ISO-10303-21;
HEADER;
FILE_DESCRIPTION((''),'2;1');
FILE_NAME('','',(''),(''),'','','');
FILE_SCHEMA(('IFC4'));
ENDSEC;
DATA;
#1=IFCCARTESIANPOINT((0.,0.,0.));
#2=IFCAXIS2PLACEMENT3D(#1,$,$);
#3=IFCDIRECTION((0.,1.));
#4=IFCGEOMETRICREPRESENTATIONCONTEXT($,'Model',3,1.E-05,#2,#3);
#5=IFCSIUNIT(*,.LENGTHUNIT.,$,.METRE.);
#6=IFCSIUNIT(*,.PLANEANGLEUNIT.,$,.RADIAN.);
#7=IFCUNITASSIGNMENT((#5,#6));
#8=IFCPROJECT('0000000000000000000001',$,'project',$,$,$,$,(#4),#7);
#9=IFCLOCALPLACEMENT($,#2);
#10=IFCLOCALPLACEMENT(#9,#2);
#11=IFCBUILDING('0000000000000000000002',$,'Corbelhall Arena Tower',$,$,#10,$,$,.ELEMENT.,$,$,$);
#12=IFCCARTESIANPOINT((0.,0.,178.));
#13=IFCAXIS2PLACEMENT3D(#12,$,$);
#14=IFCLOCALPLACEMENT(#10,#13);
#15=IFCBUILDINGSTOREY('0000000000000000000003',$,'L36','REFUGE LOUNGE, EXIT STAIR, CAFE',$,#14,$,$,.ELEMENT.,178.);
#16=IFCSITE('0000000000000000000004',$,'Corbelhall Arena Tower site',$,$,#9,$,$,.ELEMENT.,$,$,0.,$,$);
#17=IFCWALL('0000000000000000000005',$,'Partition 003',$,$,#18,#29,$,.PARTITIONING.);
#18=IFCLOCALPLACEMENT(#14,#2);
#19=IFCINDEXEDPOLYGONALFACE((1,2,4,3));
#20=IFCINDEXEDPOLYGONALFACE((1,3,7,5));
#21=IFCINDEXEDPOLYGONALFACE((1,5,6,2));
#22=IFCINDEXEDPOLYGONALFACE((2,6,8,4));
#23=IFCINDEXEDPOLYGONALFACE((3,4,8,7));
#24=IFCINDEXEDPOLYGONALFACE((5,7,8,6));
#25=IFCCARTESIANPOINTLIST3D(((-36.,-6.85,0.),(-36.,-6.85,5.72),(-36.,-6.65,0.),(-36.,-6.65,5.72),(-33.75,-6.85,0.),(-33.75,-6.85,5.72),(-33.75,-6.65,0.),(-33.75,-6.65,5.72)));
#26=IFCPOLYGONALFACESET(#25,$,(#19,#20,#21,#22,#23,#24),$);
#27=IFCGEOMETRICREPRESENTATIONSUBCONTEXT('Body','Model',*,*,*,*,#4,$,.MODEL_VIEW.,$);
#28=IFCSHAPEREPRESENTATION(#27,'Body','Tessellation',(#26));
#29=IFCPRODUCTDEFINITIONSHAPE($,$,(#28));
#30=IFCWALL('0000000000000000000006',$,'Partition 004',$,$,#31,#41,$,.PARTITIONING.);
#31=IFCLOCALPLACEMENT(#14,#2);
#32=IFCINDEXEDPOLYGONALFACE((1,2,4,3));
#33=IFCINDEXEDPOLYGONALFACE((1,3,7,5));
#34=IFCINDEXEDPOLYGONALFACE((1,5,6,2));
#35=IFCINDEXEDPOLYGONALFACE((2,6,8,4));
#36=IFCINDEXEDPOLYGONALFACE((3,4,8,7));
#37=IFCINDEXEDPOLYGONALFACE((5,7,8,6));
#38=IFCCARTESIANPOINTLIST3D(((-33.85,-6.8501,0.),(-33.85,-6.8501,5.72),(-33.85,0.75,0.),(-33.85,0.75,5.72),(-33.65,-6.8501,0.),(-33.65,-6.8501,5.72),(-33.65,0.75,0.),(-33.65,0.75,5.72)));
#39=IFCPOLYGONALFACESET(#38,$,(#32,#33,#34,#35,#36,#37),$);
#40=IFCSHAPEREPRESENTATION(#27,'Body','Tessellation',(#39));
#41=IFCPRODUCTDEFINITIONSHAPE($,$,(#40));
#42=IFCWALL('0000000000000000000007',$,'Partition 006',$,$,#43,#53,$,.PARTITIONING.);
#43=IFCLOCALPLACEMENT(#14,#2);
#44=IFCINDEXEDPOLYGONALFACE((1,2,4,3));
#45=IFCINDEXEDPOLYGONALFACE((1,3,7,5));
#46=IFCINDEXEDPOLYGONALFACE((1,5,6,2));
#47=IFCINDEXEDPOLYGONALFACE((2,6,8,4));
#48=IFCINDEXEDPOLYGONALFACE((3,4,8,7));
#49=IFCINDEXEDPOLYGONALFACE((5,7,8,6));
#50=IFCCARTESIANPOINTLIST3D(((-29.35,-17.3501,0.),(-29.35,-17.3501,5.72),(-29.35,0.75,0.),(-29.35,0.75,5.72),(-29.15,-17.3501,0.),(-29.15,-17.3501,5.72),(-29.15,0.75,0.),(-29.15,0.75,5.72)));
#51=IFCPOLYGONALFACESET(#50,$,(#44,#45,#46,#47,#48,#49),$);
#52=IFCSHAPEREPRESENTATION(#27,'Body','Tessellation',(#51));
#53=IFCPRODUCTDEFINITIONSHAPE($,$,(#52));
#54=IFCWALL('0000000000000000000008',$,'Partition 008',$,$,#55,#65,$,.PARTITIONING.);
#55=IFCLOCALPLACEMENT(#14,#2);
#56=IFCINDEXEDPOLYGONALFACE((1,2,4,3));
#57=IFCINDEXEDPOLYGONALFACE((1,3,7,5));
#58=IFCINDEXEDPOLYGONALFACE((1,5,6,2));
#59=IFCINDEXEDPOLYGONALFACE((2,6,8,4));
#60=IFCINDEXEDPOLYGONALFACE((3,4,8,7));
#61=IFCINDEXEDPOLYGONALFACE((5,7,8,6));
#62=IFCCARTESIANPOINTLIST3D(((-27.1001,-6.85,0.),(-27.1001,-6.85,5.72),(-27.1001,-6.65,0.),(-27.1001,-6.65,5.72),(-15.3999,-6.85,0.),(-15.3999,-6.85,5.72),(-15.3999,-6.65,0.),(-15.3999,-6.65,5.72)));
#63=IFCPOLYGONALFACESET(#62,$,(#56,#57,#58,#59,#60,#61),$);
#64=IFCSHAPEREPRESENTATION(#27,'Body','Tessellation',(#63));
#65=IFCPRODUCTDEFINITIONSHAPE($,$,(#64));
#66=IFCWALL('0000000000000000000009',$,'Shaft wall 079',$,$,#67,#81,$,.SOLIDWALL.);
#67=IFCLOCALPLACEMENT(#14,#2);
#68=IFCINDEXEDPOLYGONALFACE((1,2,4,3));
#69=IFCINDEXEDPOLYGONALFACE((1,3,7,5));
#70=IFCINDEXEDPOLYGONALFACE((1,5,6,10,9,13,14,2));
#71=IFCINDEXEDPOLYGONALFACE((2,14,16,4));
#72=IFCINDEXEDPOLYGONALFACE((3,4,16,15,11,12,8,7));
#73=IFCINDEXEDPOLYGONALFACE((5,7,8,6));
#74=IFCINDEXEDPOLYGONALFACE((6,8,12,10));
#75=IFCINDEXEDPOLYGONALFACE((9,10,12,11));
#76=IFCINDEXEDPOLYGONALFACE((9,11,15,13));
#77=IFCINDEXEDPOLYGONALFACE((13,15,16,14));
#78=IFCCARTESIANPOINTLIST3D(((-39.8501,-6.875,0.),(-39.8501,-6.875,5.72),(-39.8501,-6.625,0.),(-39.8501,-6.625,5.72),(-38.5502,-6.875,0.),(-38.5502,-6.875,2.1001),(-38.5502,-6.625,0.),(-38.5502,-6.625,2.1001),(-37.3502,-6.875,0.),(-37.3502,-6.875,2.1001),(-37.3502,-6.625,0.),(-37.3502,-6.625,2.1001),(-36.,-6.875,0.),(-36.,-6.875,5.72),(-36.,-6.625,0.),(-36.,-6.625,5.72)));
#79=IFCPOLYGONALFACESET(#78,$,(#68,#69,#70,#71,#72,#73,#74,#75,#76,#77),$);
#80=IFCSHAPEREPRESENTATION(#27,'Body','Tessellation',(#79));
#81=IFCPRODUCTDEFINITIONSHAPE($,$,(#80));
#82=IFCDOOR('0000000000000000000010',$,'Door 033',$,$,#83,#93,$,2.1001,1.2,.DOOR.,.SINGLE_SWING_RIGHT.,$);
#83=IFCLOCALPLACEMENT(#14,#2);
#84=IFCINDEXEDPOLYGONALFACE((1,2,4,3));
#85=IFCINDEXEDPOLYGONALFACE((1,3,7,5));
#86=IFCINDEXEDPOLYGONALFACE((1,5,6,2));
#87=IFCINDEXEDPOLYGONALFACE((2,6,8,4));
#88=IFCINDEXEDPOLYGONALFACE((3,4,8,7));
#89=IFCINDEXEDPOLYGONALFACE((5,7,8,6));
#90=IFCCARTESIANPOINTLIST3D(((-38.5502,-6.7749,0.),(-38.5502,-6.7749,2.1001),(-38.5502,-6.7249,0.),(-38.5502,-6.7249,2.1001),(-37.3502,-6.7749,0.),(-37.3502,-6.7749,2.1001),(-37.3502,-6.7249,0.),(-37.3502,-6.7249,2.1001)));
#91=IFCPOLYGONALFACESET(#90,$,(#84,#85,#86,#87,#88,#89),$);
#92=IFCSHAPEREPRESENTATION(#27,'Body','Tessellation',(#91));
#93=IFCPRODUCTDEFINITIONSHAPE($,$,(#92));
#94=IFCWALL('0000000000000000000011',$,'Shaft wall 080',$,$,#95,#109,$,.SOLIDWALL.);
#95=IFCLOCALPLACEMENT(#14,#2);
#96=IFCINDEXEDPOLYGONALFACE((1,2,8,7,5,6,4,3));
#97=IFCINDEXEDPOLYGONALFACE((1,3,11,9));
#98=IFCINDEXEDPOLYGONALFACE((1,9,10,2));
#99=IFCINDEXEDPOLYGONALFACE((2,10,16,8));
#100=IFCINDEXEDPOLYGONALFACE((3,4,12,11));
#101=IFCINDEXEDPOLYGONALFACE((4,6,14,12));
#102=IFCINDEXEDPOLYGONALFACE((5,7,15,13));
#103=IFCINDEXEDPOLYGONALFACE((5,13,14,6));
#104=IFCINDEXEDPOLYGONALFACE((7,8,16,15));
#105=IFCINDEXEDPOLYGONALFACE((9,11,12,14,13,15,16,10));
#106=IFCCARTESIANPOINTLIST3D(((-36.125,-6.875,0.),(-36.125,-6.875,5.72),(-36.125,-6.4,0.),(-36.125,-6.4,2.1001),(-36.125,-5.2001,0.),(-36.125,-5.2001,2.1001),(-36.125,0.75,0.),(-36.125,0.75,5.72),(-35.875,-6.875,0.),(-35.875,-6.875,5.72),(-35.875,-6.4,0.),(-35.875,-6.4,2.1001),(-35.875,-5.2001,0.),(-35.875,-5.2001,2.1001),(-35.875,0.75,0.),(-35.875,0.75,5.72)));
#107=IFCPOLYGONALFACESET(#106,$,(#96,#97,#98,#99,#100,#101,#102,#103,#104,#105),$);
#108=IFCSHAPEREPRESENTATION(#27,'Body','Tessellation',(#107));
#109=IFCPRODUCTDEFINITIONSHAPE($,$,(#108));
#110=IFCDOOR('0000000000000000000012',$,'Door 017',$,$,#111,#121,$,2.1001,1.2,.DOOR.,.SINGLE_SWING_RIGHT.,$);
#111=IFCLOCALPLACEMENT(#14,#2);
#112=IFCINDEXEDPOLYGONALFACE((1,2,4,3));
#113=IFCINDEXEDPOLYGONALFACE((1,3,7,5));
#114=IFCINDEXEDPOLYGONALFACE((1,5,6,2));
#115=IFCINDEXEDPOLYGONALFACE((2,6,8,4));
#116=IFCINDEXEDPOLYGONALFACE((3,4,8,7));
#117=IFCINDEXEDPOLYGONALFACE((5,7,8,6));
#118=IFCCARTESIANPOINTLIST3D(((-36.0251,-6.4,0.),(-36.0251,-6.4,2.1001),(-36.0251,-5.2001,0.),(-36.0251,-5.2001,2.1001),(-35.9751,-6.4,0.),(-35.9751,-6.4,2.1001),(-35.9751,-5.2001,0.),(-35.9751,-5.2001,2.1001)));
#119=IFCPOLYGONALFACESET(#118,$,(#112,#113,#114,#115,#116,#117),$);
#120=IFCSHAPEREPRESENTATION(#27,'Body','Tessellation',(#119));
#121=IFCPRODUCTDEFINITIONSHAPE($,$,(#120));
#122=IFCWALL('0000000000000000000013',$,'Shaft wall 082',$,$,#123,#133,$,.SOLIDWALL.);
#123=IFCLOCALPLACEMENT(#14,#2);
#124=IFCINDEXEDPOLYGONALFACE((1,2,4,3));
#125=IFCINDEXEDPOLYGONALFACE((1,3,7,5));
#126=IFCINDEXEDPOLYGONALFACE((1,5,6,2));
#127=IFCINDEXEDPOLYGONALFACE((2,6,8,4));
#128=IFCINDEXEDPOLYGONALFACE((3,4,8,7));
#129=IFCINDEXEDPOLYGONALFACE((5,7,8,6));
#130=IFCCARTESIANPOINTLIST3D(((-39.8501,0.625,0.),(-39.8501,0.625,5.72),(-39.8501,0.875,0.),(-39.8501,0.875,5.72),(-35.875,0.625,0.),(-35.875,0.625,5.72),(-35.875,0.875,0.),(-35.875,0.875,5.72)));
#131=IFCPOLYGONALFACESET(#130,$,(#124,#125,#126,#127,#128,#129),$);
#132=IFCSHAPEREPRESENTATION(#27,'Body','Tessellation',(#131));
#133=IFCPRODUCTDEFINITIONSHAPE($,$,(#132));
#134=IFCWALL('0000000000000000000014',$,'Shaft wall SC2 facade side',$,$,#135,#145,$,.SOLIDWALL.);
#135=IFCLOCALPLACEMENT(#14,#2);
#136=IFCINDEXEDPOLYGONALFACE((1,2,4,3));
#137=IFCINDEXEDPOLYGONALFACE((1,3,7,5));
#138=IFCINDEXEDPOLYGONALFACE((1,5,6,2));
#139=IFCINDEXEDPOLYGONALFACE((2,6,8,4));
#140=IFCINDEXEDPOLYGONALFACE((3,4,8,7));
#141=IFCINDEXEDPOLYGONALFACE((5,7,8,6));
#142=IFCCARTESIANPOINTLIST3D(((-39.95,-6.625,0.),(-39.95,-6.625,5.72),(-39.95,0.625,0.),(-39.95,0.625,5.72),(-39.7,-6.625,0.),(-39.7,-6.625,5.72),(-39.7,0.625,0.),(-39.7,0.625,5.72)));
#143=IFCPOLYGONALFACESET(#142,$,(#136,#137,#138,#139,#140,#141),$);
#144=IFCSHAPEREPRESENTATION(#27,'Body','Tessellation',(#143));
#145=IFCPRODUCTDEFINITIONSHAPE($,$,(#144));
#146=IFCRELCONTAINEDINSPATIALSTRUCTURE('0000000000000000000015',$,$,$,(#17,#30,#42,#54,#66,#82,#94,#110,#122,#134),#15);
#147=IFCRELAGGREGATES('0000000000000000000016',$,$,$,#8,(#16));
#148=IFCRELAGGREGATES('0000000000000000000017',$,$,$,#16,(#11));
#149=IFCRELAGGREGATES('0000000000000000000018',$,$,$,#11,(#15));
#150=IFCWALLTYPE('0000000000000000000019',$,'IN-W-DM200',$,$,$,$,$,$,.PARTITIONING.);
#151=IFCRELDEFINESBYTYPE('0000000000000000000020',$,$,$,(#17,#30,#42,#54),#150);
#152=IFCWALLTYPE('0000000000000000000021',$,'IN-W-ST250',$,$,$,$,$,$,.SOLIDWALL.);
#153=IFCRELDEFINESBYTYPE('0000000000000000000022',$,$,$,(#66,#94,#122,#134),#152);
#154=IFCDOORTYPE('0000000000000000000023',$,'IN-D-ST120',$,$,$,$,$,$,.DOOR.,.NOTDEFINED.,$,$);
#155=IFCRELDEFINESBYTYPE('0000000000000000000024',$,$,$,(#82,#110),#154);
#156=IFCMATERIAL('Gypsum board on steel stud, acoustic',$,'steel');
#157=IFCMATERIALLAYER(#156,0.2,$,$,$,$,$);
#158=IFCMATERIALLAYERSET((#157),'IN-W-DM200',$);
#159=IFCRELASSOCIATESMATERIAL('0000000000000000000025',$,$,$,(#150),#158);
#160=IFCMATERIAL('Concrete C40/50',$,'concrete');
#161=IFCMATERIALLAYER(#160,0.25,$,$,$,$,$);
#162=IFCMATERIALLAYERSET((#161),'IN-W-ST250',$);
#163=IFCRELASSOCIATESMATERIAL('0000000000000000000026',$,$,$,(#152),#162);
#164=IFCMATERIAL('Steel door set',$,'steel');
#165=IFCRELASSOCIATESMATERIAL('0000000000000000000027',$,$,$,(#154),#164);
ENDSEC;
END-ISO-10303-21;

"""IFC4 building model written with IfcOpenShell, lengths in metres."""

from ifc_helpers import new_model, si_unit, direction, frame, frame_2d, origin, place, context, subcontext, project, spatial, rectangle, extrude, material, layer, layer_set, type_object, element, fill, save


model = new_model("IFC4")

# Units and contexts
model_context = context("Model", 3, precision=1e-05, world=origin(), true_north=direction((0.0, 1.0)))
body_context = subcontext(model_context, "Body", "Model", "MODEL_VIEW")
ifc_project = project(units=[si_unit("LENGTHUNIT", "METRE"), si_unit("PLANEANGLEUNIT", "RADIAN")], contexts=[model_context])

# Site, building, storey
site_placement = place(None, origin())
site = spatial("IfcSite", under=ifc_project, at=site_placement, Name="Corbelhall Arena Tower site", CompositionType="ELEMENT", RefElevation=0.0)
building_placement = place(site_placement, origin())
building = spatial("IfcBuilding", under=site, at=building_placement, Name="Corbelhall Arena Tower", CompositionType="ELEMENT")
storey_placement = place(building_placement, frame((0.0, 0.0, 178.0)))
storey = spatial("IfcBuildingStorey", under=building, at=storey_placement, Name="L36", Description="REFUGE LOUNGE, EXIT STAIR, CAFE", CompositionType="ELEMENT", Elevation=178.0)

# Walls
ifc_material_1 = material(Name="Gypsum board on steel stud, acoustic", Category="steel")
ifc_layer_1 = layer(ifc_material_1, 0.2)
ifc_layer_set_1 = layer_set([ifc_layer_1], Name="IN-W-DM200")
wall_type_1 = type_object("IfcWallType", Name="IN-W-DM200", PredefinedType="PARTITIONING", material=ifc_layer_set_1)
wall_1_placement = place(storey_placement, frame((-33.75, -6.75, 0.0), z_axis=(0.0, 0.0, 1.0), x_axis=(-1.0, 0.0, 0.0)))
element("IfcWall", 1, at=wall_1_placement, inside=storey, type_object=wall_type_1, Name="Partition 003", PredefinedType="PARTITIONING", context=body_context, shape_type="SweptSolid", body=[
    extrude(rectangle(XDim=2.25, YDim=0.2, at=frame_2d((1.125, 0.0))), origin(), (0.0, 0.0, 1.0), 5.72),
])
wall_2_placement = place(storey_placement, frame((-33.75, 0.75, 0.0), z_axis=(0.0, 0.0, 1.0), x_axis=(0.0, -1.0, 0.0)))
element("IfcWall", 2, at=wall_2_placement, inside=storey, type_object=wall_type_1, Name="Partition 004", PredefinedType="PARTITIONING", context=body_context, shape_type="SweptSolid", body=[
    extrude(rectangle(XDim=7.6001, YDim=0.2, at=frame_2d((3.8, 0.0))), origin(), (0.0, 0.0, 1.0), 5.72),
])
wall_3_placement = place(storey_placement, frame((-29.25, 0.75, 0.0), z_axis=(0.0, 0.0, 1.0), x_axis=(0.0, -1.0, 0.0)))
element("IfcWall", 3, at=wall_3_placement, inside=storey, type_object=wall_type_1, Name="Partition 006", PredefinedType="PARTITIONING", context=body_context, shape_type="SweptSolid", body=[
    extrude(rectangle(XDim=18.1001, YDim=0.2, at=frame_2d((9.05, 0.0))), origin(), (0.0, 0.0, 1.0), 5.72),
])
wall_4_placement = place(storey_placement, frame((-27.1001, -6.75, 0.0), z_axis=(0.0, 0.0, 1.0), x_axis=(1.0, 0.0, 0.0)))
element("IfcWall", 4, at=wall_4_placement, inside=storey, type_object=wall_type_1, Name="Partition 008", PredefinedType="PARTITIONING", context=body_context, shape_type="SweptSolid", body=[
    extrude(rectangle(XDim=11.7002, YDim=0.2, at=frame_2d((5.8501, 0.0))), origin(), (0.0, 0.0, 1.0), 5.72),
])

# Walls, openings, doors
ifc_material_2 = material(Name="Concrete C40/50", Category="concrete")
ifc_layer_2 = layer(ifc_material_2, 0.25)
ifc_layer_set_2 = layer_set([ifc_layer_2], Name="IN-W-ST250")
wall_type_2 = type_object("IfcWallType", Name="IN-W-ST250", PredefinedType="SOLIDWALL", material=ifc_layer_set_2)
wall_5_placement = place(storey_placement, frame((-36.0, -6.75, 0.0), z_axis=(0.0, 0.0, 1.0), x_axis=(-1.0, 0.0, 0.0)))
wall_5 = element("IfcWall", 5, at=wall_5_placement, inside=storey, type_object=wall_type_2, Name="Shaft wall 079", PredefinedType="SOLIDWALL", context=body_context, shape_type="SweptSolid", body=[
    extrude(rectangle(XDim=3.8501, YDim=0.25, at=frame_2d((1.925, 0.0))), origin(), (0.0, 0.0, 1.0), 5.72),
])
opening_1_placement = place(wall_5_placement, frame((1.3501, 0.0, 0.0)))
opening_1 = element("IfcOpeningElement", 6, at=opening_1_placement, cuts=wall_5, PredefinedType="OPENING", context=body_context, shape_type="SweptSolid", body=[
    extrude(rectangle(XDim=1.2, YDim=2.1001, at=frame_2d((0.6001, 1.05))), frame((0.0, 0.125, 0.0), z_axis=(0.0, -1.0, 0.0), x_axis=(1.0, 0.0, 0.0)), (0.0, 0.0, 1.0), 0.25),
])
ifc_material_3 = material(Name="Steel door set", Category="steel")
door_type = type_object("IfcDoorType", Name="IN-D-ST120", OperationType="NOTDEFINED", PredefinedType="DOOR", material=ifc_material_3)
door_1_placement = place(opening_1_placement, origin())
door_1 = element("IfcDoor", 7, at=door_1_placement, inside=storey, type_object=door_type, Name="Door 033", OperationType="SINGLE_SWING_RIGHT", OverallHeight=2.1001, OverallWidth=1.2, PredefinedType="DOOR", context=body_context, shape_type="SweptSolid", body=[
    extrude(rectangle(XDim=1.2, YDim=2.1001, at=frame_2d((0.6001, 1.05))), frame((0.0, 0.0249, 0.0), z_axis=(0.0, -1.0, 0.0), x_axis=(1.0, 0.0, 0.0)), (0.0, 0.0, 1.0), 0.05),
])
fill(opening_1, door_1)
wall_6_placement = place(storey_placement, frame((-36.0, 0.75, 0.0), z_axis=(0.0, 0.0, 1.0), x_axis=(0.0, -1.0, 0.0)))
wall_6 = element("IfcWall", 8, at=wall_6_placement, inside=storey, type_object=wall_type_2, Name="Shaft wall 080", PredefinedType="SOLIDWALL", context=body_context, shape_type="SweptSolid", body=[
    extrude(rectangle(XDim=7.625, YDim=0.25, at=frame_2d((3.8125, 0.0))), origin(), (0.0, 0.0, 1.0), 5.72),
])
opening_2_placement = place(wall_6_placement, frame((5.95, 0.0, 0.0)))
opening_2 = element("IfcOpeningElement", 9, at=opening_2_placement, cuts=wall_6, PredefinedType="OPENING", context=body_context, shape_type="SweptSolid", body=[
    extrude(rectangle(XDim=1.2, YDim=2.1001, at=frame_2d((0.6001, 1.05))), frame((0.0, 0.125, 0.0), z_axis=(0.0, -1.0, 0.0), x_axis=(1.0, 0.0, 0.0)), (0.0, 0.0, 1.0), 0.25),
])
door_2_placement = place(opening_2_placement, origin())
door_2 = element("IfcDoor", 10, at=door_2_placement, inside=storey, type_object=door_type, Name="Door 017", OperationType="SINGLE_SWING_RIGHT", OverallHeight=2.1001, OverallWidth=1.2, PredefinedType="DOOR", context=body_context, shape_type="SweptSolid", body=[
    extrude(rectangle(XDim=1.2, YDim=2.1001, at=frame_2d((0.6001, 1.05))), frame((0.0, 0.0249, 0.0), z_axis=(0.0, -1.0, 0.0), x_axis=(1.0, 0.0, 0.0)), (0.0, 0.0, 1.0), 0.05),
])
fill(opening_2, door_2)

# Walls
wall_7_placement = place(storey_placement, frame((-35.875, 0.75, 0.0), z_axis=(0.0, 0.0, 1.0), x_axis=(-1.0, 0.0, 0.0)))
element("IfcWall", 11, at=wall_7_placement, inside=storey, type_object=wall_type_2, Name="Shaft wall 082", PredefinedType="SOLIDWALL", context=body_context, shape_type="SweptSolid", body=[
    extrude(rectangle(XDim=3.9751, YDim=0.25, at=frame_2d((1.9875, 0.0))), origin(), (0.0, 0.0, 1.0), 5.72),
])
wall_8_placement = place(storey_placement, frame((-39.825, -6.625, 0.0), z_axis=(0.0, 0.0, 1.0), x_axis=(0.0, 1.0, 0.0)))
element("IfcWall", 12, at=wall_8_placement, inside=storey, type_object=wall_type_2, Name="Shaft wall SC2 facade side", PredefinedType="SOLIDWALL", context=body_context, shape_type="SweptSolid", body=[
    extrude(rectangle(XDim=7.25, YDim=0.25, at=frame_2d((3.625, 0.0))), origin(), (0.0, 0.0, 1.0), 5.72),
])

save(model, "model.ifc")
